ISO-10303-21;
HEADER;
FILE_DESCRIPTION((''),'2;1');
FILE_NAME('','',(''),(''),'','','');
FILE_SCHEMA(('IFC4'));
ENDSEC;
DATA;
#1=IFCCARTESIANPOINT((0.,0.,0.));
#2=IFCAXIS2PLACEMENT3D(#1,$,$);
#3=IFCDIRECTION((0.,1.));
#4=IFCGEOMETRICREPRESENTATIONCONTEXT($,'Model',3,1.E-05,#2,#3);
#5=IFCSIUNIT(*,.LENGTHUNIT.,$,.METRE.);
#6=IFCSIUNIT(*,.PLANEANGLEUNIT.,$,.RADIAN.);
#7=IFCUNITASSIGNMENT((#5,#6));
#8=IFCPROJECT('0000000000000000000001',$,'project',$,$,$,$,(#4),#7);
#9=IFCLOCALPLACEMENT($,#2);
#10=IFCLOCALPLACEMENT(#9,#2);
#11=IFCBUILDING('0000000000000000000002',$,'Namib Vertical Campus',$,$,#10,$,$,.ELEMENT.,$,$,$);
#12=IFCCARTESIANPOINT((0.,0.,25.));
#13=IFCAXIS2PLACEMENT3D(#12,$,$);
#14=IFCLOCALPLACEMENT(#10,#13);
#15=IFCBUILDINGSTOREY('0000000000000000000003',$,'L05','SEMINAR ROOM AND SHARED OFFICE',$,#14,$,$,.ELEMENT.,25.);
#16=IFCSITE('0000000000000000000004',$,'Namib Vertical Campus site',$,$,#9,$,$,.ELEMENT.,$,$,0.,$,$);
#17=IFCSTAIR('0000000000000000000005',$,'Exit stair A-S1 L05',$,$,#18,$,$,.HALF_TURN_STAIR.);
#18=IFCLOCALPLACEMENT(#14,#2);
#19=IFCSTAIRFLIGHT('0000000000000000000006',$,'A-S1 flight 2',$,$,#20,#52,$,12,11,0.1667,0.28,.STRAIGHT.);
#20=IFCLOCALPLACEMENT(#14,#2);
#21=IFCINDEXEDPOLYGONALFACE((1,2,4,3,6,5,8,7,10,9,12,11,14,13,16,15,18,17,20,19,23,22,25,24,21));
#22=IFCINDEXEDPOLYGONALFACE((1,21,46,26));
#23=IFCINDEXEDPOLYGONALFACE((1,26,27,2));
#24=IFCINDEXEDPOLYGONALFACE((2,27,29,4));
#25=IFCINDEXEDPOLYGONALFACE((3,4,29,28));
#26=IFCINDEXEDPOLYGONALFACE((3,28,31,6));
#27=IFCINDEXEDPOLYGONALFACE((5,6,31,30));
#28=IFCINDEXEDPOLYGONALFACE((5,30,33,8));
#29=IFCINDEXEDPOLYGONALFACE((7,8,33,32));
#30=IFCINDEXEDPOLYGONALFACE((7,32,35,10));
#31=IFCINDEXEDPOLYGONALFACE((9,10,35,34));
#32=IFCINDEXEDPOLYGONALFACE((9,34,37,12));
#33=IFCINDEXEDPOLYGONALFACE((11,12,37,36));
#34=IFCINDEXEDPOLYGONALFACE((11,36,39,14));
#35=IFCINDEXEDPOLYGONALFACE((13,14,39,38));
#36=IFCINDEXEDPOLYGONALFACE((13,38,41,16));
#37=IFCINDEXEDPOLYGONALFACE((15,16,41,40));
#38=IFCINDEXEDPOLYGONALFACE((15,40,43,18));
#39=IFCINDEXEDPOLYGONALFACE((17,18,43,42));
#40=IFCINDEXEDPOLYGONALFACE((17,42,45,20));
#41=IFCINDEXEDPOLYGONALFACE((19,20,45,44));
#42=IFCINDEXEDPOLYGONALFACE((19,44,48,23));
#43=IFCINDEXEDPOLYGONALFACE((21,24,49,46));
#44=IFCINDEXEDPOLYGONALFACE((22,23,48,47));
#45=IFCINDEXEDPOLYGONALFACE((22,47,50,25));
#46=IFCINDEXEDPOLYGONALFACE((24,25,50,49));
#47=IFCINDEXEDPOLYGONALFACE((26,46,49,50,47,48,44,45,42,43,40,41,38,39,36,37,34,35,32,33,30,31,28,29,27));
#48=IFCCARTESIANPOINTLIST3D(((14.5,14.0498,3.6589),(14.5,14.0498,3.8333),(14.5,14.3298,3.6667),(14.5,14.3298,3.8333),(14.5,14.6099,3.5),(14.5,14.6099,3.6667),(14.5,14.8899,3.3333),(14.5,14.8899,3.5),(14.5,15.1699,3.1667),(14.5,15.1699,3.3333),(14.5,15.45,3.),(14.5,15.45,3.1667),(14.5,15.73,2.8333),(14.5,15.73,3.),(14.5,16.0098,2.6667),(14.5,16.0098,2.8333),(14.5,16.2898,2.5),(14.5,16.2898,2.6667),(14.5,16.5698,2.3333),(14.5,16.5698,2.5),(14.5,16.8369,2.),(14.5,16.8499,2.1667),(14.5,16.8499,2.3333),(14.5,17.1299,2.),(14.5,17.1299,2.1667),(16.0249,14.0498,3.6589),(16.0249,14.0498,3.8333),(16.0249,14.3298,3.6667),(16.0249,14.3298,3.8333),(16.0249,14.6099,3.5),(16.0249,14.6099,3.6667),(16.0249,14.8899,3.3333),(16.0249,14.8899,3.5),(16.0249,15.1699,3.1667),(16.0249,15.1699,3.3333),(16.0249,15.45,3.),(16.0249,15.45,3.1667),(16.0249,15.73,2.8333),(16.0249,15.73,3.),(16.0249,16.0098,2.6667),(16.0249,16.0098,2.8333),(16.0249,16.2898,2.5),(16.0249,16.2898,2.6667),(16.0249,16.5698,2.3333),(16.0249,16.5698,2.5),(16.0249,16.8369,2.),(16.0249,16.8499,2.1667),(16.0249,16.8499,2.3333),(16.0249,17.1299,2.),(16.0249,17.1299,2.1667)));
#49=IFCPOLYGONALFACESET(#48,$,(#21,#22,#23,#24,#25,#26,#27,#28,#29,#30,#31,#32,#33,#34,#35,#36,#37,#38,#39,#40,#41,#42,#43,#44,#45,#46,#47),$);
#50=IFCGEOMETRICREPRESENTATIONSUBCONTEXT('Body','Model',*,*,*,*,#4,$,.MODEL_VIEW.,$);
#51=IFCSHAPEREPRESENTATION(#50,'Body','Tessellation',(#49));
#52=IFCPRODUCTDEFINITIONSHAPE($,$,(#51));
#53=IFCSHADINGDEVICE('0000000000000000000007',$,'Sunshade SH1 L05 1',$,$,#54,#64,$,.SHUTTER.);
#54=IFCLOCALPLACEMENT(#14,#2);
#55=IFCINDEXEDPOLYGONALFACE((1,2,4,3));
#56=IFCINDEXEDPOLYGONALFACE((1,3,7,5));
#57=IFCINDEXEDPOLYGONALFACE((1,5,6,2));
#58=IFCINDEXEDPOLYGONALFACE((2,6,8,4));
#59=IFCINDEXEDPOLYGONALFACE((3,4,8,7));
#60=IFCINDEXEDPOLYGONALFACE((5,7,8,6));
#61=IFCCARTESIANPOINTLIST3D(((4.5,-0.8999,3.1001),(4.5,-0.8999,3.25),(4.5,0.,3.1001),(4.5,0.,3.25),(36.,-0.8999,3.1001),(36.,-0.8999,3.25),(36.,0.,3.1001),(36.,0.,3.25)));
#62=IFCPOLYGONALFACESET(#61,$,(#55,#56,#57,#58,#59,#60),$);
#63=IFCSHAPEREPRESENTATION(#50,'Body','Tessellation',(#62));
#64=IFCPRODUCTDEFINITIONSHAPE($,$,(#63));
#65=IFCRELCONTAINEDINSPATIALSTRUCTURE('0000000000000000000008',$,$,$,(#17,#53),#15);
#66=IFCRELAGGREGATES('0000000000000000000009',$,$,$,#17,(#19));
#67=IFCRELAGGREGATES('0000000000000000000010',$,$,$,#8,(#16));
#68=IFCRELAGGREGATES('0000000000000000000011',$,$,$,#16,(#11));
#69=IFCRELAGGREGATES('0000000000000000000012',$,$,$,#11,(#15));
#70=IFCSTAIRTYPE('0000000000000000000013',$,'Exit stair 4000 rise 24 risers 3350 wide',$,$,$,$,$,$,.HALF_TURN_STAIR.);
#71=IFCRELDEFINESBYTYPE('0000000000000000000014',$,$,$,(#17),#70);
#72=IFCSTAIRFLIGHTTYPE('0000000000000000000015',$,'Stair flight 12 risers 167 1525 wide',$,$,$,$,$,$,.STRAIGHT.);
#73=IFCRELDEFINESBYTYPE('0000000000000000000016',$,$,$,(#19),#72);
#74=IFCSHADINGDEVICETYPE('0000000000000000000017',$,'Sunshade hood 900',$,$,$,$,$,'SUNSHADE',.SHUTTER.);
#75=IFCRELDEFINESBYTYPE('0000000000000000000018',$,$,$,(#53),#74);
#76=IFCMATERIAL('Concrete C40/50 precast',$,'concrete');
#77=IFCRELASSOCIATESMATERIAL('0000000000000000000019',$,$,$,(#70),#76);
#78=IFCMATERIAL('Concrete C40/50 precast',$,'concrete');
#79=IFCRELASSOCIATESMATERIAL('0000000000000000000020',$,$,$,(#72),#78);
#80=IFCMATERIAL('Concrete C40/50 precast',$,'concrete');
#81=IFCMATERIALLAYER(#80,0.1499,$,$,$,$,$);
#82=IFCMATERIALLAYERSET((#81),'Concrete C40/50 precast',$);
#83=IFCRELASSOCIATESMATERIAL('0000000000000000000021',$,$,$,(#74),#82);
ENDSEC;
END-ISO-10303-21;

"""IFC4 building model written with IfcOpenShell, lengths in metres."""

from ifc_helpers import new_model, si_unit, direction, frame, origin, origin_2d, place, context, subcontext, project, spatial, polyline, rectangle, outline, extrude, material, layer, layer_set, type_object, element, aggregate, save


model = new_model("IFC4")

# Units and contexts
model_context = context("Model", 3, precision=1e-05, world=origin(), true_north=direction((0.0, 1.0)))
body_context = subcontext(model_context, "Body", "Model", "MODEL_VIEW")
ifc_project = project(units=[si_unit("LENGTHUNIT", "METRE"), si_unit("PLANEANGLEUNIT", "RADIAN")], contexts=[model_context])

# Site, building, storey
site_placement = place(None, origin())
site = spatial("IfcSite", under=ifc_project, at=site_placement, Name="Namib Vertical Campus site", CompositionType="ELEMENT", RefElevation=0.0)
building_placement = place(site_placement, origin())
building = spatial("IfcBuilding", under=site, at=building_placement, Name="Namib Vertical Campus", CompositionType="ELEMENT")
storey_placement = place(building_placement, frame((0.0, 0.0, 25.0)))
storey = spatial("IfcBuildingStorey", under=building, at=storey_placement, Name="L05", Description="SEMINAR ROOM AND SHARED OFFICE", CompositionType="ELEMENT", Elevation=25.0)

# Stair, stair flight
ifc_material_1 = material(Name="Concrete C40/50 precast", Category="concrete")
stair_type = type_object("IfcStairType", Name="Exit stair 4000 rise 24 risers 3350 wide", PredefinedType="HALF_TURN_STAIR", material=ifc_material_1)
stair_placement = place(storey_placement, origin())
stair = element("IfcStair", 1, at=stair_placement, inside=storey, type_object=stair_type, Name="Exit stair A-S1 L05", PredefinedType="HALF_TURN_STAIR")
ifc_material_2 = material(Name="Concrete C40/50 precast", Category="concrete")
stair_flight_type = type_object("IfcStairFlightType", Name="Stair flight 12 risers 167 1525 wide", PredefinedType="STRAIGHT", material=ifc_material_2)
stair_flight_1_placement = place(storey_placement, frame((15.2625, 17.1299, 2.0), z_axis=(0.0, 0.0, 1.0), x_axis=(0.0, -1.0, 0.0)))
stair_flight_1 = element("IfcStairFlight", 2, at=stair_flight_1_placement, type_object=stair_flight_type, Name="A-S1 flight 2", NumberOfRisers=12, NumberOfTreads=11, PredefinedType="STRAIGHT", RiserHeight=0.1667, TreadLength=0.28, context=body_context, shape_type="SweptSolid", body=[
    extrude(outline(polyline([(0.0, 0.0), (0.0, 0.1667), (0.28, 0.1667), (0.28, 0.3333), (0.5601, 0.3333), (0.5601, 0.5), (0.8401, 0.5), (0.8401, 0.6667), (1.1201, 0.6667), (1.1201, 0.8333), (1.3999, 0.8333), (1.3999, 1.0), (1.6799, 1.0), (1.6799, 1.1667), (1.96, 1.1667), (1.96, 1.3333), (2.24, 1.3333), (2.24, 1.5), (2.52, 1.5), (2.52, 1.6667), (2.8, 1.6667), (2.8, 1.8333), (3.0801, 1.8333), (3.0801, 2.0), (3.0801, 1.6589), (0.293, 0.0), (0.0, 0.0)])), frame((0.0, 0.7625, 0.0), z_axis=(0.0, -1.0, 0.0), x_axis=(1.0, 0.0, 0.0)), (0.0, 0.0, 1.0), 1.5249),
])
aggregate(stair, [stair_flight_1])

# Shading device
ifc_material_3 = material(Name="Concrete C40/50 precast", Category="concrete")
ifc_layer_1 = layer(ifc_material_3, 0.1499)
ifc_layer_set_1 = layer_set([ifc_layer_1], Name="Concrete C40/50 precast")
shading_device_type = type_object("IfcShadingDeviceType", Name="Sunshade hood 900", ElementType="SUNSHADE", PredefinedType="SHUTTER", material=ifc_layer_set_1)
shading_device_placement = place(storey_placement, frame((20.25, -0.45, 3.1001), z_axis=(0.0, 0.0, 1.0), x_axis=(1.0, 0.0, 0.0)))
element("IfcShadingDevice", 3, at=shading_device_placement, inside=storey, type_object=shading_device_type, Name="Sunshade SH1 L05 1", PredefinedType="SHUTTER", context=body_context, shape_type="SweptSolid", body=[
    extrude(rectangle(XDim=31.5, YDim=0.8999, at=origin_2d()), origin(), (0.0, 0.0, 1.0), 0.1499),
])

save(model, "model.ifc")
